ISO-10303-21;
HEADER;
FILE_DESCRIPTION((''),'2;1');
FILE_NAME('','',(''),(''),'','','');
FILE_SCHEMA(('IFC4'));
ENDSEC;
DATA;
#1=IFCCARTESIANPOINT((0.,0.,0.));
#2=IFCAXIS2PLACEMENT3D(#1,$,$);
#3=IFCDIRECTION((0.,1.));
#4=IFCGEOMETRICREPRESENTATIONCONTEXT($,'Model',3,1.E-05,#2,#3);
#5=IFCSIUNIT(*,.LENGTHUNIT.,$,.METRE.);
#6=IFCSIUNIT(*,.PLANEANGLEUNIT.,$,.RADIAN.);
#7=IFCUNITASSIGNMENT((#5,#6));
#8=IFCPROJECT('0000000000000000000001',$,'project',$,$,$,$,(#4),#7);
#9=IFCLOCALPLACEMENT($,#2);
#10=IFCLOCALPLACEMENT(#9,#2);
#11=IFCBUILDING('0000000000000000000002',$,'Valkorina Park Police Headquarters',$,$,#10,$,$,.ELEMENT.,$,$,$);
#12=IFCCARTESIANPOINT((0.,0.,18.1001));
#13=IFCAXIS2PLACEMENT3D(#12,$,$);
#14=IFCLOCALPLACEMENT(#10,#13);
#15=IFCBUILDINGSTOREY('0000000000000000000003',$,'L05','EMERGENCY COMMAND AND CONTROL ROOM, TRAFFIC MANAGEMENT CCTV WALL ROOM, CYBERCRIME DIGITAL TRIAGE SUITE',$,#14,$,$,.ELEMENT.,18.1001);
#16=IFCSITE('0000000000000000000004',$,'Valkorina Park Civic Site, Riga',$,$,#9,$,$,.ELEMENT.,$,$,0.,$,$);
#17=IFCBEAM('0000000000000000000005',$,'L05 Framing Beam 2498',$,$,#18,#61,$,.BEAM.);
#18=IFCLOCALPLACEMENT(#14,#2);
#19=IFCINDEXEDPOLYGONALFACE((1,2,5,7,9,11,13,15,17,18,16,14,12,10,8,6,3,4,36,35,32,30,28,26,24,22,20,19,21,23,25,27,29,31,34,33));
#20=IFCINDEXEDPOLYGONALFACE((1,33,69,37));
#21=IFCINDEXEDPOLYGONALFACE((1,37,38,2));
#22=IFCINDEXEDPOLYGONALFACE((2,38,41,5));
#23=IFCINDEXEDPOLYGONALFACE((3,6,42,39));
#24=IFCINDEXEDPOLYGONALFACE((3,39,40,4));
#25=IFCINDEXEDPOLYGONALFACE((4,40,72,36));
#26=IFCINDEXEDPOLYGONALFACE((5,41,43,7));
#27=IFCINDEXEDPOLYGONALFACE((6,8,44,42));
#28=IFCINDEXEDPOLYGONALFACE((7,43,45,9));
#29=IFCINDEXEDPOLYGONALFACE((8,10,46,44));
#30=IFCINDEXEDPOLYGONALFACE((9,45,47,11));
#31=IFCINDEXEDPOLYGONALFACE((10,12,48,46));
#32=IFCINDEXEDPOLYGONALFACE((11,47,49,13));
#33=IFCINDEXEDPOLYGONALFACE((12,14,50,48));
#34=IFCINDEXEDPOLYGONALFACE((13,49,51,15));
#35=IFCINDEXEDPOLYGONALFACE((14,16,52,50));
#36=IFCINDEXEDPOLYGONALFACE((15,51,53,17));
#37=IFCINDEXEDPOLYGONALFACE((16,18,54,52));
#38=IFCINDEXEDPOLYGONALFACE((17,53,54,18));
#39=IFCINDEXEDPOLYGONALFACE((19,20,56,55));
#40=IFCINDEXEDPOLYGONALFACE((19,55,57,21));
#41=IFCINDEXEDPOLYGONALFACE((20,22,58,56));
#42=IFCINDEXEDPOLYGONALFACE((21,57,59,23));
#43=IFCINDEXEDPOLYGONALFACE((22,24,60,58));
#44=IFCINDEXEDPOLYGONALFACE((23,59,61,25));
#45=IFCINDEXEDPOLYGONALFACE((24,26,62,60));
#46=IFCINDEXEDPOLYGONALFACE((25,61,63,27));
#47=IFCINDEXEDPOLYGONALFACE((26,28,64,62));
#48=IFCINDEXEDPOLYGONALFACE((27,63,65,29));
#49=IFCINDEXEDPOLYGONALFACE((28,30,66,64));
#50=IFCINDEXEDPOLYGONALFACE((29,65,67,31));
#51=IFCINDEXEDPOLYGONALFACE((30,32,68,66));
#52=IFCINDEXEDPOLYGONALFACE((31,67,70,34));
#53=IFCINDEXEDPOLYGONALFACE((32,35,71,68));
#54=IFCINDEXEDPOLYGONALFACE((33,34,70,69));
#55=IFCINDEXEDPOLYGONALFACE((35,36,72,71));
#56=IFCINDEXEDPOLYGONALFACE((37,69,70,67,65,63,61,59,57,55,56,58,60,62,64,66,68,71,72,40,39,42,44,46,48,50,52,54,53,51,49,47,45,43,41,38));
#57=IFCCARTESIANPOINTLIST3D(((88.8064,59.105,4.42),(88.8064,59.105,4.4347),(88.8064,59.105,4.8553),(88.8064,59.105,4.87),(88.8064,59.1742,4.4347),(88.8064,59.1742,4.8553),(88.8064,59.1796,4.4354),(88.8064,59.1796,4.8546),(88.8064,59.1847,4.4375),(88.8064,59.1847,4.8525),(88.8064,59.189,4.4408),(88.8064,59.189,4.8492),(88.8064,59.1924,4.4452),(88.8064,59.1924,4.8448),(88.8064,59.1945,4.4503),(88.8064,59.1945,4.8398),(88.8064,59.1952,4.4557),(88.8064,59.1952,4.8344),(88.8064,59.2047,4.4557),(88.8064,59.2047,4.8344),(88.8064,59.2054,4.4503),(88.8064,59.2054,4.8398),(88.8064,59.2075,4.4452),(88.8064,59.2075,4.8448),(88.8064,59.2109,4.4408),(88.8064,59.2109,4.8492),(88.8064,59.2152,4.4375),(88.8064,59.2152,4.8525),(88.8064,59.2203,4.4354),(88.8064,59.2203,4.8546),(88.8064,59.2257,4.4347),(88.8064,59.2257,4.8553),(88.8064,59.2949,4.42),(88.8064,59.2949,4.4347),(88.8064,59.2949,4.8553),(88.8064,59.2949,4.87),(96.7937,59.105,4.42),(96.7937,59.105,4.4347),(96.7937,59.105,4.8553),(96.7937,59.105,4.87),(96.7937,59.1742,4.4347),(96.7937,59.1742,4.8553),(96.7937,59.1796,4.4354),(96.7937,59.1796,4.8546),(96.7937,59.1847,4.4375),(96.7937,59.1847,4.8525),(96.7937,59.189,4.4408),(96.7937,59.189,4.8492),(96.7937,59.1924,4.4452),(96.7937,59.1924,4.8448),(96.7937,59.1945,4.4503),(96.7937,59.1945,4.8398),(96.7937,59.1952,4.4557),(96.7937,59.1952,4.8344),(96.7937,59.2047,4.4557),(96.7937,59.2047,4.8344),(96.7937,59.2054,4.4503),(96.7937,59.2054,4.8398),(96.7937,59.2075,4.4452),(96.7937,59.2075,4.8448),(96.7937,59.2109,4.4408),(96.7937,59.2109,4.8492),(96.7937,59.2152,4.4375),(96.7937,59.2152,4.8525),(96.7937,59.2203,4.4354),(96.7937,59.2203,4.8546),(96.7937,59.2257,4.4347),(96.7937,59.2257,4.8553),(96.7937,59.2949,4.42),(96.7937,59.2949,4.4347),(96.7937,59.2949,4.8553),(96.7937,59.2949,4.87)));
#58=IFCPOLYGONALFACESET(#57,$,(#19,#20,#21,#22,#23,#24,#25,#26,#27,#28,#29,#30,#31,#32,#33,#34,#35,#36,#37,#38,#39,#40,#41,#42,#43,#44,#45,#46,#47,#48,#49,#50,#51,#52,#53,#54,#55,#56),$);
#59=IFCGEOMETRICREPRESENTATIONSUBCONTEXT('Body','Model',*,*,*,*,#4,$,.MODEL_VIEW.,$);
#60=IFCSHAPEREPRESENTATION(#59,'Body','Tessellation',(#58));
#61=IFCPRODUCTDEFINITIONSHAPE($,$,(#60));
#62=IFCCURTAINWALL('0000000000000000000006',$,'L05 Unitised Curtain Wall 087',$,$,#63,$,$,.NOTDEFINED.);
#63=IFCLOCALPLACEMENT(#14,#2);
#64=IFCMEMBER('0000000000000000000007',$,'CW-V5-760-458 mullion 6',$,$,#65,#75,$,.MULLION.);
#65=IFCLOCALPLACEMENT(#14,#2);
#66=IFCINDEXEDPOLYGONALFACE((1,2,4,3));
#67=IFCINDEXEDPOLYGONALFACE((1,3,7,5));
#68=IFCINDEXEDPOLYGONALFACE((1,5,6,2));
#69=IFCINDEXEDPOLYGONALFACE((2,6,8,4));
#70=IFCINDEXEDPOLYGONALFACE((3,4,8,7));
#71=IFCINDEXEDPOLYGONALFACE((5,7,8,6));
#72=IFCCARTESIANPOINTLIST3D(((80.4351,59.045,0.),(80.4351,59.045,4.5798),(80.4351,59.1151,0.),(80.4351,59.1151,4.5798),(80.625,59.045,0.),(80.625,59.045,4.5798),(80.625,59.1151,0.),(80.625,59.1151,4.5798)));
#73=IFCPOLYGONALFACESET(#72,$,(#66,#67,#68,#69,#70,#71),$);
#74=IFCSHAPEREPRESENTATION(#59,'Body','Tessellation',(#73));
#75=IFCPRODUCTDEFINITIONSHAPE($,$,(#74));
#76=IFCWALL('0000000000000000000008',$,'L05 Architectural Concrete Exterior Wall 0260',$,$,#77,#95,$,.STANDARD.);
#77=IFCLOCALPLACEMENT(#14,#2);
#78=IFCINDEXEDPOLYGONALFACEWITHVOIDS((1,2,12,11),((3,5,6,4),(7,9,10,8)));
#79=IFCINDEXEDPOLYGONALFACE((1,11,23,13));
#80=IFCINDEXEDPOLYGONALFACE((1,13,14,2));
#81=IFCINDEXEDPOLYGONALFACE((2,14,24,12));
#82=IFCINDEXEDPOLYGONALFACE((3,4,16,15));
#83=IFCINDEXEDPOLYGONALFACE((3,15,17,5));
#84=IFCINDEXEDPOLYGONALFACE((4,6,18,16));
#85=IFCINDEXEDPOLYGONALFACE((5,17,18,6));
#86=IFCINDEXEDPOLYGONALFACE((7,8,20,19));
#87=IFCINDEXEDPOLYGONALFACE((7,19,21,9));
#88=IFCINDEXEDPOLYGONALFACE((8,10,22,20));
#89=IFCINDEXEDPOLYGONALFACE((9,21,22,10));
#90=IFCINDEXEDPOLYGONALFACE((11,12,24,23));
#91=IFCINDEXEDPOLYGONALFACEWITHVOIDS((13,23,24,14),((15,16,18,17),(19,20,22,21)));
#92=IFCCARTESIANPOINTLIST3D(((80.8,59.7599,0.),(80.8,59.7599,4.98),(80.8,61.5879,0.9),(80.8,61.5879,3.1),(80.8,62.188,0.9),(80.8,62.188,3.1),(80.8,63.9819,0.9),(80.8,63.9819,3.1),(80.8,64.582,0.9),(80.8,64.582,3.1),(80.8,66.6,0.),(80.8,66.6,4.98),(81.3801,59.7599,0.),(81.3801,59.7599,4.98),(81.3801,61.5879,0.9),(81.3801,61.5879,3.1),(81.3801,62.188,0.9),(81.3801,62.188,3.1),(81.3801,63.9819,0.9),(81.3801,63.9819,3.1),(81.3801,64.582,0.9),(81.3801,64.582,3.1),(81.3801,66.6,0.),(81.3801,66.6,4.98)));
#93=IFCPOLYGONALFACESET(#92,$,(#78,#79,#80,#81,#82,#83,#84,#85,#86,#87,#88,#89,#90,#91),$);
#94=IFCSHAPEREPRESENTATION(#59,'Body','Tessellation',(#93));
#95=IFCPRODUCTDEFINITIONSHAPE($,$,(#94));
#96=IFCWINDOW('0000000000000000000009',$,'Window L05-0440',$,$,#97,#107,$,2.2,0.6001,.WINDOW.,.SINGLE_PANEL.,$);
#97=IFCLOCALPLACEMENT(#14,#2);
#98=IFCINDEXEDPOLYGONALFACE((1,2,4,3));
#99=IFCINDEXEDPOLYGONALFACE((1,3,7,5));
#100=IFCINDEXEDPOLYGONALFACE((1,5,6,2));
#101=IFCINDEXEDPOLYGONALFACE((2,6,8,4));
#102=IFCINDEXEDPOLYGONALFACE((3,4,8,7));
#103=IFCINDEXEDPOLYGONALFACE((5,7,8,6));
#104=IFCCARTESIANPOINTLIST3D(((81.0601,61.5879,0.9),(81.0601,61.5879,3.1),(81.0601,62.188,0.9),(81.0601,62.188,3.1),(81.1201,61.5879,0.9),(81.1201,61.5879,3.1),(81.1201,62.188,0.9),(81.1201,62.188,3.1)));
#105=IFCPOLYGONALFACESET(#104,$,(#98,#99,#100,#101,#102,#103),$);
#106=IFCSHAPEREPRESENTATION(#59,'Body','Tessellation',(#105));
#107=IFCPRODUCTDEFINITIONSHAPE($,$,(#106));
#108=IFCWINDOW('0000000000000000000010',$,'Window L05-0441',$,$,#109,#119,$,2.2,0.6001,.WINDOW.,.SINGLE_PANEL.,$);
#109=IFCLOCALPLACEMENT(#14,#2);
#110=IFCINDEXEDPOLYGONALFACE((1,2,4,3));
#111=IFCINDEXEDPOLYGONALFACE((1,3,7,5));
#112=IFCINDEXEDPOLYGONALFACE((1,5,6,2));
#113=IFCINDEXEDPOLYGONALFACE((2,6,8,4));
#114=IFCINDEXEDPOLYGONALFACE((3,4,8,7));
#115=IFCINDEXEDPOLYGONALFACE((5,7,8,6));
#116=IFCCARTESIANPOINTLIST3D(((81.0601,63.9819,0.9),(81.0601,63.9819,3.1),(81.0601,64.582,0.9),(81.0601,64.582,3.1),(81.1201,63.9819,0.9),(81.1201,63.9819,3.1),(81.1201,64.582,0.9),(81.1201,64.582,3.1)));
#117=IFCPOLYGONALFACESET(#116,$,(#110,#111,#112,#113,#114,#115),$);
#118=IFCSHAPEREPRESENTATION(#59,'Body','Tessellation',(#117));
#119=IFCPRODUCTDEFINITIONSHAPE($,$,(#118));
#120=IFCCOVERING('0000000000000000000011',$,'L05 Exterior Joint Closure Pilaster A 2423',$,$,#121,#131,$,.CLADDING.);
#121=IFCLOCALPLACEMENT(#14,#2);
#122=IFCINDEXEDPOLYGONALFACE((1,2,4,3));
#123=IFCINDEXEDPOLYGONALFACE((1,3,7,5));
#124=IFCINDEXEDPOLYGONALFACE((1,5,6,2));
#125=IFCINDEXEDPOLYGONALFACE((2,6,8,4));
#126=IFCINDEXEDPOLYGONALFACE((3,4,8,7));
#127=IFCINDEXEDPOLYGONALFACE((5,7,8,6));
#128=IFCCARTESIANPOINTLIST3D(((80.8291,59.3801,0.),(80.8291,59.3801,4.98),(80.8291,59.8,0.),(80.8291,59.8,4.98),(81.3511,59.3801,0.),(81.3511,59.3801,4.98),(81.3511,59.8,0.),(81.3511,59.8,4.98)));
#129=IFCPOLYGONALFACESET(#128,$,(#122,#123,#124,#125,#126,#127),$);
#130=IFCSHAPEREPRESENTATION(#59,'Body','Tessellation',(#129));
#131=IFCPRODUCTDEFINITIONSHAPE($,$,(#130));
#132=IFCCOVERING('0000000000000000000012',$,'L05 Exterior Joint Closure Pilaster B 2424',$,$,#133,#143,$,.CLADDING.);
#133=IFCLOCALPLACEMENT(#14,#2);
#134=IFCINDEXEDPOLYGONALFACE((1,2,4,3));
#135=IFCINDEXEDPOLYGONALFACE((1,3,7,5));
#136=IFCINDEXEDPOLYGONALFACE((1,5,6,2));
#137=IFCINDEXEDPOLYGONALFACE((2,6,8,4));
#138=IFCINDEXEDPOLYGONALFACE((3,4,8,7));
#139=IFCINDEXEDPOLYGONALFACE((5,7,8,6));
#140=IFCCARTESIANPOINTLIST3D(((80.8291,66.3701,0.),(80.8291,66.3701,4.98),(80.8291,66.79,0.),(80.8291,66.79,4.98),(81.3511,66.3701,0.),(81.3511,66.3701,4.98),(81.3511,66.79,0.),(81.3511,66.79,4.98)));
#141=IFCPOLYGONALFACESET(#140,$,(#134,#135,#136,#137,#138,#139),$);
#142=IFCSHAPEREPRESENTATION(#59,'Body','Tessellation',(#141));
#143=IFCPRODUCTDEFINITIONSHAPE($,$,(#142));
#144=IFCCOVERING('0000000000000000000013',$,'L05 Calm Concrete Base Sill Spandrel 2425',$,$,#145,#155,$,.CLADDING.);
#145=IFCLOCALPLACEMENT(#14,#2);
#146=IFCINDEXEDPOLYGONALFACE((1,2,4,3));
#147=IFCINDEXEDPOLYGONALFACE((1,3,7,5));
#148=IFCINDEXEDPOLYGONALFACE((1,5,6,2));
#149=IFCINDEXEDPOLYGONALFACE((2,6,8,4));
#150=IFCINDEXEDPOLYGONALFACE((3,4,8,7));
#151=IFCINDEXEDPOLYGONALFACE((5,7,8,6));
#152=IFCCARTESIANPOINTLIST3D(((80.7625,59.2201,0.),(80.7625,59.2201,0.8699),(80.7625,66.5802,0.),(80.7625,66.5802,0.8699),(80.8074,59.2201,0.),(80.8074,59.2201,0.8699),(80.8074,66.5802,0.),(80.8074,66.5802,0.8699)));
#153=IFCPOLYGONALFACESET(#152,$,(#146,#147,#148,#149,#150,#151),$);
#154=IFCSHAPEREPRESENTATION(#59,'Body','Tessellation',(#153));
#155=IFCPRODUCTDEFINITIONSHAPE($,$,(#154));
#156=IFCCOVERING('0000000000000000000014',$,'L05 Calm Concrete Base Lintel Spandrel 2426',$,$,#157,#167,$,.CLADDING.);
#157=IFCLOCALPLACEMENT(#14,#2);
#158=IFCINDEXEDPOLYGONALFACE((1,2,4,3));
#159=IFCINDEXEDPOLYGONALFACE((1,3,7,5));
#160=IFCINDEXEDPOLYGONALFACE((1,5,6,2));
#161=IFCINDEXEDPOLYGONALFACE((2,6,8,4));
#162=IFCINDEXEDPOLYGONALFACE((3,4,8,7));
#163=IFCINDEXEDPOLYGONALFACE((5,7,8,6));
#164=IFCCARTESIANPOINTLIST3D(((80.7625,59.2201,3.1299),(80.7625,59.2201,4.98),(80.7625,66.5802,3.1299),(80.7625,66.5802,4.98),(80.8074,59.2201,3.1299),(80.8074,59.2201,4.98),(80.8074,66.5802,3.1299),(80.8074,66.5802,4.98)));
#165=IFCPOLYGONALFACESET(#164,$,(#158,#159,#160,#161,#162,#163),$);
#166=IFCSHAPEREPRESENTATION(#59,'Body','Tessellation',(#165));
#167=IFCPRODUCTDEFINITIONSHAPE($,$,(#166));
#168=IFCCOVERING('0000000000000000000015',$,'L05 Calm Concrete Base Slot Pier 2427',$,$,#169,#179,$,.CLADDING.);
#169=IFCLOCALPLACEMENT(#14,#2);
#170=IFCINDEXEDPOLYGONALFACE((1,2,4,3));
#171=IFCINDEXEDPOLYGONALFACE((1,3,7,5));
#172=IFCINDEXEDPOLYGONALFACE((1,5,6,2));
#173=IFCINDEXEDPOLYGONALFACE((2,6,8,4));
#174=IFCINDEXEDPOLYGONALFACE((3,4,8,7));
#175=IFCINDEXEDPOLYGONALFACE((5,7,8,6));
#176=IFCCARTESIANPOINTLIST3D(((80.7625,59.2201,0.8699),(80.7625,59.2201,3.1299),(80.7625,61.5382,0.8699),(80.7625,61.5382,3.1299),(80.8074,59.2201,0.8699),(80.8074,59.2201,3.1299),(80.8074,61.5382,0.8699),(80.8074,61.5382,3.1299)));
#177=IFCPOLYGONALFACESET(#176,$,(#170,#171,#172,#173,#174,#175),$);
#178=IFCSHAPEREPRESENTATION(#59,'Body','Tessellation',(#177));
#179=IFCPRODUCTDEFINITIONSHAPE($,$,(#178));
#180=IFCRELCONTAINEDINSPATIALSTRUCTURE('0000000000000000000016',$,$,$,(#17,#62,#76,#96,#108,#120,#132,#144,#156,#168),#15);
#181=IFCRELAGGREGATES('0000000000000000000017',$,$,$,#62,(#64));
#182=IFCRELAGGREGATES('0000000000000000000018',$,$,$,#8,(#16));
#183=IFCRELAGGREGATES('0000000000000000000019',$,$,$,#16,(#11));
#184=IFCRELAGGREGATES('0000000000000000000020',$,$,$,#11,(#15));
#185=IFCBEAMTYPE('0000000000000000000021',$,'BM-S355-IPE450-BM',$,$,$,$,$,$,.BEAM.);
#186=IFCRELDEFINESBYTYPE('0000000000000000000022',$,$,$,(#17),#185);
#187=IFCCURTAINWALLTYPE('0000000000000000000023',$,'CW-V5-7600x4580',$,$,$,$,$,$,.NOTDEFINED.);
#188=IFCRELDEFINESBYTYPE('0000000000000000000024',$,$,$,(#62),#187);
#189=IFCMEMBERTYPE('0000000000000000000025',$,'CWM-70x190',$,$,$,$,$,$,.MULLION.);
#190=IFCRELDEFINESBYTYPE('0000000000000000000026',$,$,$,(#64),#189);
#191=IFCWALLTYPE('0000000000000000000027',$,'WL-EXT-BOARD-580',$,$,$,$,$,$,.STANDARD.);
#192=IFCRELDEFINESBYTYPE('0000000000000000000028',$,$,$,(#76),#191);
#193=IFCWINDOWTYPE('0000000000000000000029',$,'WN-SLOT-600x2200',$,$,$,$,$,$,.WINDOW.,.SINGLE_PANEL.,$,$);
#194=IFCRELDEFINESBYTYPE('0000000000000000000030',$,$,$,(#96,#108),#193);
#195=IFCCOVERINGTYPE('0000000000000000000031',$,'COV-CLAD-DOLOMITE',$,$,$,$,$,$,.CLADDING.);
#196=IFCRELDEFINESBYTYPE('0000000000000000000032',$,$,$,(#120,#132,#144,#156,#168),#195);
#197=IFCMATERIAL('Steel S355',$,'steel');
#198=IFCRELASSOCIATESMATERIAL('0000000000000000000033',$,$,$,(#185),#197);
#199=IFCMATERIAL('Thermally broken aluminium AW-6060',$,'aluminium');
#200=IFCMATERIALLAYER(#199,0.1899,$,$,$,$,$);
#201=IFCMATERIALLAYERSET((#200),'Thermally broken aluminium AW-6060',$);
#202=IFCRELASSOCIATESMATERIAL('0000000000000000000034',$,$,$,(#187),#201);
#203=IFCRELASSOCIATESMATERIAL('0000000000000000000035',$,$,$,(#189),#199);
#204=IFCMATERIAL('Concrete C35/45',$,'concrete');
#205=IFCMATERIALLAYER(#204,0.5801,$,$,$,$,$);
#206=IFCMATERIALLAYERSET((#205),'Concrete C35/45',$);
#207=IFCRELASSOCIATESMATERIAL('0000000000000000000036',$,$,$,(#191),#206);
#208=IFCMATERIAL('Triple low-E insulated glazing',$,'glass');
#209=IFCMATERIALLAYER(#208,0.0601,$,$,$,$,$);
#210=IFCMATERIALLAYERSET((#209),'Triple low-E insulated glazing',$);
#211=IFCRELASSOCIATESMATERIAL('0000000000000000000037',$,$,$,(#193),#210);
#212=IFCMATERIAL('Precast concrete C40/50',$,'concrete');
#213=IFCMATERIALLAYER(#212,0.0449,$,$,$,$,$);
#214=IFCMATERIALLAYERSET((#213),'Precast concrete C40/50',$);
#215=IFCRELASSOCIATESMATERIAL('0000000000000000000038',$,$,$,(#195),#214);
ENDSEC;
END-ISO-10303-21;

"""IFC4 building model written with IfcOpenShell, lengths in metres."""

from ifc_helpers import new_model, si_unit, direction, frame, frame_2d, origin, origin_2d, place, context, subcontext, project, spatial, rectangle, i_section, extrude, material, layer, layer_set, material_profile, profile_set, type_object, element, fill, aggregate, save


model = new_model("IFC4")

# Units and contexts
model_context = context("Model", 3, precision=1e-05, world=origin(), true_north=direction((0.0, 1.0)))
body_context = subcontext(model_context, "Body", "Model", "MODEL_VIEW")
ifc_project = project(units=[si_unit("LENGTHUNIT", "METRE"), si_unit("PLANEANGLEUNIT", "RADIAN")], contexts=[model_context])

# Site, building, storey
site_placement = place(None, origin())
site = spatial("IfcSite", under=ifc_project, at=site_placement, Name="Valkorina Park Civic Site, Riga", CompositionType="ELEMENT", RefElevation=0.0)
building_placement = place(site_placement, origin())
building = spatial("IfcBuilding", under=site, at=building_placement, Name="Valkorina Park Police Headquarters", CompositionType="ELEMENT")
storey_placement = place(building_placement, frame((0.0, 0.0, 18.1001)))
storey = spatial("IfcBuildingStorey", under=building, at=storey_placement, Name="L05", Description="EMERGENCY COMMAND AND CONTROL ROOM, TRAFFIC MANAGEMENT CCTV WALL ROOM, CYBERCRIME DIGITAL TRIAGE SUITE", CompositionType="ELEMENT", Elevation=18.1001)

# Shared definitions
ifc_material_1 = material(Name="Steel S355", Category="steel")

# Beam
ifc_material_profile_1 = material_profile(ifc_material_1, i_section(OverallWidth=0.1899, OverallDepth=0.45, WebThickness=0.0095, FlangeThickness=0.0146, FilletRadius=0.021, at=origin_2d()), Name="IPE 450")
ifc_profile_set_1 = profile_set([ifc_material_profile_1], Name="Steel S355")
beam_type_1 = type_object("IfcBeamType", Name="BM-S355-IPE450-BM", PredefinedType="BEAM", material=ifc_profile_set_1)
beam_1_placement = place(storey_placement, frame((88.8064, 59.2, 4.645), z_axis=(1.0, 0.0, 0.0), x_axis=(0.0, 1.0, 0.0)))
element("IfcBeam", 1, at=beam_1_placement, inside=storey, type_object=beam_type_1, Name="L05 Framing Beam 2498", PredefinedType="BEAM", context=body_context, shape_type="SweptSolid", body=[
    extrude(i_section(OverallWidth=0.1899, OverallDepth=0.45, WebThickness=0.0095, FlangeThickness=0.0146, FilletRadius=0.021, at=origin_2d()), origin(), (0.0, 0.0, 1.0), 7.9873),
])

# Curtain wall, member
ifc_material_2 = material(Name="Thermally broken aluminium AW-6060", Category="aluminium")
ifc_layer_1 = layer(ifc_material_2, 0.1899)
ifc_layer_set_1 = layer_set([ifc_layer_1], Name="Thermally broken aluminium AW-6060")
curtain_wall_type = type_object("IfcCurtainWallType", Name="CW-V5-7600x4580", PredefinedType="NOTDEFINED", material=ifc_layer_set_1)
curtain_wall_placement = place(storey_placement, origin())
curtain_wall = element("IfcCurtainWall", 2, at=curtain_wall_placement, inside=storey, type_object=curtain_wall_type, Name="L05 Unitised Curtain Wall 087", PredefinedType="NOTDEFINED")
ifc_material_profile_2 = material_profile(ifc_material_2, rectangle(XDim=0.0701, YDim=0.1899, at=origin_2d()), Name="CWM-02 70x190")
ifc_profile_set_2 = profile_set([ifc_material_profile_2], Name="Thermally broken aluminium AW-6060")
member_type = type_object("IfcMemberType", Name="CWM-70x190", PredefinedType="MULLION", material=ifc_profile_set_2)
member_placement = place(storey_placement, frame((80.53, 59.0801, 0.0), z_axis=(0.0, 0.0, 1.0), x_axis=(0.0, 1.0, 0.0)))
member = element("IfcMember", 3, at=member_placement, type_object=member_type, Name="CW-V5-760-458 mullion 6", PredefinedType="MULLION", context=body_context, shape_type="SweptSolid", body=[
    extrude(rectangle(XDim=0.0701, YDim=0.1899, at=origin_2d()), origin(), (0.0, 0.0, 1.0), 4.5798),
])
aggregate(curtain_wall, [member])

# Wall, openings, windows
ifc_material_3 = material(Name="Concrete C35/45", Category="concrete")
ifc_layer_2 = layer(ifc_material_3, 0.5801)
ifc_layer_set_2 = layer_set([ifc_layer_2], Name="Concrete C35/45")
wall_type = type_object("IfcWallType", Name="WL-EXT-BOARD-580", PredefinedType="STANDARD", material=ifc_layer_set_2)
wall_placement = place(storey_placement, frame((81.0901, 59.76, 0.0), z_axis=(0.0, 0.0, 1.0), x_axis=(0.0, 1.0, 0.0)))
wall = element("IfcWall", 4, at=wall_placement, inside=storey, type_object=wall_type, Name="L05 Architectural Concrete Exterior Wall 0260", PredefinedType="STANDARD", context=body_context, shape_type="SweptSolid", body=[
    extrude(rectangle(XDim=6.8401, YDim=0.5801, at=frame_2d((3.4199, 0.0))), origin(), (0.0, 0.0, 1.0), 4.98),
])
opening_1_placement = place(wall_placement, frame((1.8279, 0.0, 0.8999)))
opening_1 = element("IfcOpeningElement", 5, at=opening_1_placement, cuts=wall, PredefinedType="OPENING", context=body_context, shape_type="SweptSolid", body=[
    extrude(rectangle(XDim=0.6001, YDim=2.2, at=frame_2d((0.3, 1.1001))), frame((0.0, 0.3, 0.0), z_axis=(0.0, -1.0, 0.0), x_axis=(1.0, 0.0, 0.0)), (0.0, 0.0, 1.0), 0.6001),
])
opening_2_placement = place(wall_placement, frame((4.2219, 0.0, 0.8999)))
opening_2 = element("IfcOpeningElement", 6, at=opening_2_placement, cuts=wall, PredefinedType="OPENING", context=body_context, shape_type="SweptSolid", body=[
    extrude(rectangle(XDim=0.6001, YDim=2.2, at=frame_2d((0.3, 1.1001))), frame((0.0, 0.3, 0.0), z_axis=(0.0, -1.0, 0.0), x_axis=(1.0, 0.0, 0.0)), (0.0, 0.0, 1.0), 0.6001),
])
ifc_material_4 = material(Name="Triple low-E insulated glazing", Category="glass")
ifc_layer_3 = layer(ifc_material_4, 0.0601)
ifc_layer_set_3 = layer_set([ifc_layer_3], Name="Triple low-E insulated glazing")
window_type = type_object("IfcWindowType", Name="WN-SLOT-600x2200", PartitioningType="SINGLE_PANEL", PredefinedType="WINDOW", material=ifc_layer_set_3)
window_1_placement = place(opening_1_placement, origin())
window_1 = element("IfcWindow", 7, at=window_1_placement, inside=storey, type_object=window_type, Name="Window L05-0440", OverallHeight=2.2, OverallWidth=0.6001, PartitioningType="SINGLE_PANEL", PredefinedType="WINDOW", context=body_context, shape_type="SweptSolid", body=[
    extrude(rectangle(XDim=0.6001, YDim=2.2, at=frame_2d((0.3, 1.1001))), frame((0.0, 0.03, 0.0), z_axis=(0.0, -1.0, 0.0), x_axis=(1.0, 0.0, 0.0)), (0.0, 0.0, 1.0), 0.0601),
])
fill(opening_1, window_1)
window_2_placement = place(opening_2_placement, origin())
window_2 = element("IfcWindow", 8, at=window_2_placement, inside=storey, type_object=window_type, Name="Window L05-0441", OverallHeight=2.2, OverallWidth=0.6001, PartitioningType="SINGLE_PANEL", PredefinedType="WINDOW", context=body_context, shape_type="SweptSolid", body=[
    extrude(rectangle(XDim=0.6001, YDim=2.2, at=frame_2d((0.3, 1.1001))), frame((0.0, 0.03, 0.0), z_axis=(0.0, -1.0, 0.0), x_axis=(1.0, 0.0, 0.0)), (0.0, 0.0, 1.0), 0.0601),
])
fill(opening_2, window_2)

# Coverings
ifc_material_5 = material(Name="Precast concrete C40/50", Category="concrete")
ifc_layer_4 = layer(ifc_material_5, 0.0449)
ifc_layer_set_4 = layer_set([ifc_layer_4], Name="Precast concrete C40/50")
covering_type = type_object("IfcCoveringType", Name="COV-CLAD-DOLOMITE", PredefinedType="CLADDING", material=ifc_layer_set_4)
for number, where, z_axis, x_axis, name in (
    (9, (81.0901, 59.5901, 0.0), (0.0, 0.0, 1.0), (0.0, 1.0, 0.0), "L05 Exterior Joint Closure Pilaster A 2423"),
    (10, (81.0901, 66.5801, 0.0), (0.0, 0.0, 1.0), (0.0, 1.0, 0.0), "L05 Exterior Joint Closure Pilaster B 2424"),
):
    element("IfcCovering", number, at=place(storey_placement, frame(where, z_axis=z_axis, x_axis=x_axis)), inside=storey, type_object=covering_type, Name=name, PredefinedType="CLADDING", context=body_context, shape_type="SweptSolid", body=[
        extrude(rectangle(XDim=0.4199, YDim=0.522, at=origin_2d()), origin(), (0.0, 0.0, 1.0), 4.98),
    ])
covering_1_placement = place(storey_placement, frame((80.7849, 59.22, 0.0), z_axis=(0.0, 0.0, 1.0), x_axis=(0.0, 1.0, 0.0)))
element("IfcCovering", 11, at=covering_1_placement, inside=storey, type_object=covering_type, Name="L05 Calm Concrete Base Sill Spandrel 2425", PredefinedType="CLADDING", context=body_context, shape_type="SweptSolid", body=[
    extrude(rectangle(XDim=7.3601, YDim=0.0449, at=frame_2d((3.6802, 0.0))), origin(), (0.0, 0.0, 1.0), 0.8699),
])
covering_2_placement = place(storey_placement, frame((80.7849, 59.22, 3.1299), z_axis=(0.0, 0.0, 1.0), x_axis=(0.0, 1.0, 0.0)))
element("IfcCovering", 12, at=covering_2_placement, inside=storey, type_object=covering_type, Name="L05 Calm Concrete Base Lintel Spandrel 2426", PredefinedType="CLADDING", context=body_context, shape_type="SweptSolid", body=[
    extrude(rectangle(XDim=7.3601, YDim=0.0449, at=frame_2d((3.6802, 0.0))), origin(), (0.0, 0.0, 1.0), 1.8501),
])
covering_3_placement = place(storey_placement, frame((80.7849, 59.22, 0.8699), z_axis=(0.0, 0.0, 1.0), x_axis=(0.0, 1.0, 0.0)))
element("IfcCovering", 13, at=covering_3_placement, inside=storey, type_object=covering_type, Name="L05 Calm Concrete Base Slot Pier 2427", PredefinedType="CLADDING", context=body_context, shape_type="SweptSolid", body=[
    extrude(rectangle(XDim=2.3181, YDim=0.0449, at=frame_2d((1.1592, 0.0))), origin(), (0.0, 0.0, 1.0), 2.26),
])

save(model, "model.ifc")
